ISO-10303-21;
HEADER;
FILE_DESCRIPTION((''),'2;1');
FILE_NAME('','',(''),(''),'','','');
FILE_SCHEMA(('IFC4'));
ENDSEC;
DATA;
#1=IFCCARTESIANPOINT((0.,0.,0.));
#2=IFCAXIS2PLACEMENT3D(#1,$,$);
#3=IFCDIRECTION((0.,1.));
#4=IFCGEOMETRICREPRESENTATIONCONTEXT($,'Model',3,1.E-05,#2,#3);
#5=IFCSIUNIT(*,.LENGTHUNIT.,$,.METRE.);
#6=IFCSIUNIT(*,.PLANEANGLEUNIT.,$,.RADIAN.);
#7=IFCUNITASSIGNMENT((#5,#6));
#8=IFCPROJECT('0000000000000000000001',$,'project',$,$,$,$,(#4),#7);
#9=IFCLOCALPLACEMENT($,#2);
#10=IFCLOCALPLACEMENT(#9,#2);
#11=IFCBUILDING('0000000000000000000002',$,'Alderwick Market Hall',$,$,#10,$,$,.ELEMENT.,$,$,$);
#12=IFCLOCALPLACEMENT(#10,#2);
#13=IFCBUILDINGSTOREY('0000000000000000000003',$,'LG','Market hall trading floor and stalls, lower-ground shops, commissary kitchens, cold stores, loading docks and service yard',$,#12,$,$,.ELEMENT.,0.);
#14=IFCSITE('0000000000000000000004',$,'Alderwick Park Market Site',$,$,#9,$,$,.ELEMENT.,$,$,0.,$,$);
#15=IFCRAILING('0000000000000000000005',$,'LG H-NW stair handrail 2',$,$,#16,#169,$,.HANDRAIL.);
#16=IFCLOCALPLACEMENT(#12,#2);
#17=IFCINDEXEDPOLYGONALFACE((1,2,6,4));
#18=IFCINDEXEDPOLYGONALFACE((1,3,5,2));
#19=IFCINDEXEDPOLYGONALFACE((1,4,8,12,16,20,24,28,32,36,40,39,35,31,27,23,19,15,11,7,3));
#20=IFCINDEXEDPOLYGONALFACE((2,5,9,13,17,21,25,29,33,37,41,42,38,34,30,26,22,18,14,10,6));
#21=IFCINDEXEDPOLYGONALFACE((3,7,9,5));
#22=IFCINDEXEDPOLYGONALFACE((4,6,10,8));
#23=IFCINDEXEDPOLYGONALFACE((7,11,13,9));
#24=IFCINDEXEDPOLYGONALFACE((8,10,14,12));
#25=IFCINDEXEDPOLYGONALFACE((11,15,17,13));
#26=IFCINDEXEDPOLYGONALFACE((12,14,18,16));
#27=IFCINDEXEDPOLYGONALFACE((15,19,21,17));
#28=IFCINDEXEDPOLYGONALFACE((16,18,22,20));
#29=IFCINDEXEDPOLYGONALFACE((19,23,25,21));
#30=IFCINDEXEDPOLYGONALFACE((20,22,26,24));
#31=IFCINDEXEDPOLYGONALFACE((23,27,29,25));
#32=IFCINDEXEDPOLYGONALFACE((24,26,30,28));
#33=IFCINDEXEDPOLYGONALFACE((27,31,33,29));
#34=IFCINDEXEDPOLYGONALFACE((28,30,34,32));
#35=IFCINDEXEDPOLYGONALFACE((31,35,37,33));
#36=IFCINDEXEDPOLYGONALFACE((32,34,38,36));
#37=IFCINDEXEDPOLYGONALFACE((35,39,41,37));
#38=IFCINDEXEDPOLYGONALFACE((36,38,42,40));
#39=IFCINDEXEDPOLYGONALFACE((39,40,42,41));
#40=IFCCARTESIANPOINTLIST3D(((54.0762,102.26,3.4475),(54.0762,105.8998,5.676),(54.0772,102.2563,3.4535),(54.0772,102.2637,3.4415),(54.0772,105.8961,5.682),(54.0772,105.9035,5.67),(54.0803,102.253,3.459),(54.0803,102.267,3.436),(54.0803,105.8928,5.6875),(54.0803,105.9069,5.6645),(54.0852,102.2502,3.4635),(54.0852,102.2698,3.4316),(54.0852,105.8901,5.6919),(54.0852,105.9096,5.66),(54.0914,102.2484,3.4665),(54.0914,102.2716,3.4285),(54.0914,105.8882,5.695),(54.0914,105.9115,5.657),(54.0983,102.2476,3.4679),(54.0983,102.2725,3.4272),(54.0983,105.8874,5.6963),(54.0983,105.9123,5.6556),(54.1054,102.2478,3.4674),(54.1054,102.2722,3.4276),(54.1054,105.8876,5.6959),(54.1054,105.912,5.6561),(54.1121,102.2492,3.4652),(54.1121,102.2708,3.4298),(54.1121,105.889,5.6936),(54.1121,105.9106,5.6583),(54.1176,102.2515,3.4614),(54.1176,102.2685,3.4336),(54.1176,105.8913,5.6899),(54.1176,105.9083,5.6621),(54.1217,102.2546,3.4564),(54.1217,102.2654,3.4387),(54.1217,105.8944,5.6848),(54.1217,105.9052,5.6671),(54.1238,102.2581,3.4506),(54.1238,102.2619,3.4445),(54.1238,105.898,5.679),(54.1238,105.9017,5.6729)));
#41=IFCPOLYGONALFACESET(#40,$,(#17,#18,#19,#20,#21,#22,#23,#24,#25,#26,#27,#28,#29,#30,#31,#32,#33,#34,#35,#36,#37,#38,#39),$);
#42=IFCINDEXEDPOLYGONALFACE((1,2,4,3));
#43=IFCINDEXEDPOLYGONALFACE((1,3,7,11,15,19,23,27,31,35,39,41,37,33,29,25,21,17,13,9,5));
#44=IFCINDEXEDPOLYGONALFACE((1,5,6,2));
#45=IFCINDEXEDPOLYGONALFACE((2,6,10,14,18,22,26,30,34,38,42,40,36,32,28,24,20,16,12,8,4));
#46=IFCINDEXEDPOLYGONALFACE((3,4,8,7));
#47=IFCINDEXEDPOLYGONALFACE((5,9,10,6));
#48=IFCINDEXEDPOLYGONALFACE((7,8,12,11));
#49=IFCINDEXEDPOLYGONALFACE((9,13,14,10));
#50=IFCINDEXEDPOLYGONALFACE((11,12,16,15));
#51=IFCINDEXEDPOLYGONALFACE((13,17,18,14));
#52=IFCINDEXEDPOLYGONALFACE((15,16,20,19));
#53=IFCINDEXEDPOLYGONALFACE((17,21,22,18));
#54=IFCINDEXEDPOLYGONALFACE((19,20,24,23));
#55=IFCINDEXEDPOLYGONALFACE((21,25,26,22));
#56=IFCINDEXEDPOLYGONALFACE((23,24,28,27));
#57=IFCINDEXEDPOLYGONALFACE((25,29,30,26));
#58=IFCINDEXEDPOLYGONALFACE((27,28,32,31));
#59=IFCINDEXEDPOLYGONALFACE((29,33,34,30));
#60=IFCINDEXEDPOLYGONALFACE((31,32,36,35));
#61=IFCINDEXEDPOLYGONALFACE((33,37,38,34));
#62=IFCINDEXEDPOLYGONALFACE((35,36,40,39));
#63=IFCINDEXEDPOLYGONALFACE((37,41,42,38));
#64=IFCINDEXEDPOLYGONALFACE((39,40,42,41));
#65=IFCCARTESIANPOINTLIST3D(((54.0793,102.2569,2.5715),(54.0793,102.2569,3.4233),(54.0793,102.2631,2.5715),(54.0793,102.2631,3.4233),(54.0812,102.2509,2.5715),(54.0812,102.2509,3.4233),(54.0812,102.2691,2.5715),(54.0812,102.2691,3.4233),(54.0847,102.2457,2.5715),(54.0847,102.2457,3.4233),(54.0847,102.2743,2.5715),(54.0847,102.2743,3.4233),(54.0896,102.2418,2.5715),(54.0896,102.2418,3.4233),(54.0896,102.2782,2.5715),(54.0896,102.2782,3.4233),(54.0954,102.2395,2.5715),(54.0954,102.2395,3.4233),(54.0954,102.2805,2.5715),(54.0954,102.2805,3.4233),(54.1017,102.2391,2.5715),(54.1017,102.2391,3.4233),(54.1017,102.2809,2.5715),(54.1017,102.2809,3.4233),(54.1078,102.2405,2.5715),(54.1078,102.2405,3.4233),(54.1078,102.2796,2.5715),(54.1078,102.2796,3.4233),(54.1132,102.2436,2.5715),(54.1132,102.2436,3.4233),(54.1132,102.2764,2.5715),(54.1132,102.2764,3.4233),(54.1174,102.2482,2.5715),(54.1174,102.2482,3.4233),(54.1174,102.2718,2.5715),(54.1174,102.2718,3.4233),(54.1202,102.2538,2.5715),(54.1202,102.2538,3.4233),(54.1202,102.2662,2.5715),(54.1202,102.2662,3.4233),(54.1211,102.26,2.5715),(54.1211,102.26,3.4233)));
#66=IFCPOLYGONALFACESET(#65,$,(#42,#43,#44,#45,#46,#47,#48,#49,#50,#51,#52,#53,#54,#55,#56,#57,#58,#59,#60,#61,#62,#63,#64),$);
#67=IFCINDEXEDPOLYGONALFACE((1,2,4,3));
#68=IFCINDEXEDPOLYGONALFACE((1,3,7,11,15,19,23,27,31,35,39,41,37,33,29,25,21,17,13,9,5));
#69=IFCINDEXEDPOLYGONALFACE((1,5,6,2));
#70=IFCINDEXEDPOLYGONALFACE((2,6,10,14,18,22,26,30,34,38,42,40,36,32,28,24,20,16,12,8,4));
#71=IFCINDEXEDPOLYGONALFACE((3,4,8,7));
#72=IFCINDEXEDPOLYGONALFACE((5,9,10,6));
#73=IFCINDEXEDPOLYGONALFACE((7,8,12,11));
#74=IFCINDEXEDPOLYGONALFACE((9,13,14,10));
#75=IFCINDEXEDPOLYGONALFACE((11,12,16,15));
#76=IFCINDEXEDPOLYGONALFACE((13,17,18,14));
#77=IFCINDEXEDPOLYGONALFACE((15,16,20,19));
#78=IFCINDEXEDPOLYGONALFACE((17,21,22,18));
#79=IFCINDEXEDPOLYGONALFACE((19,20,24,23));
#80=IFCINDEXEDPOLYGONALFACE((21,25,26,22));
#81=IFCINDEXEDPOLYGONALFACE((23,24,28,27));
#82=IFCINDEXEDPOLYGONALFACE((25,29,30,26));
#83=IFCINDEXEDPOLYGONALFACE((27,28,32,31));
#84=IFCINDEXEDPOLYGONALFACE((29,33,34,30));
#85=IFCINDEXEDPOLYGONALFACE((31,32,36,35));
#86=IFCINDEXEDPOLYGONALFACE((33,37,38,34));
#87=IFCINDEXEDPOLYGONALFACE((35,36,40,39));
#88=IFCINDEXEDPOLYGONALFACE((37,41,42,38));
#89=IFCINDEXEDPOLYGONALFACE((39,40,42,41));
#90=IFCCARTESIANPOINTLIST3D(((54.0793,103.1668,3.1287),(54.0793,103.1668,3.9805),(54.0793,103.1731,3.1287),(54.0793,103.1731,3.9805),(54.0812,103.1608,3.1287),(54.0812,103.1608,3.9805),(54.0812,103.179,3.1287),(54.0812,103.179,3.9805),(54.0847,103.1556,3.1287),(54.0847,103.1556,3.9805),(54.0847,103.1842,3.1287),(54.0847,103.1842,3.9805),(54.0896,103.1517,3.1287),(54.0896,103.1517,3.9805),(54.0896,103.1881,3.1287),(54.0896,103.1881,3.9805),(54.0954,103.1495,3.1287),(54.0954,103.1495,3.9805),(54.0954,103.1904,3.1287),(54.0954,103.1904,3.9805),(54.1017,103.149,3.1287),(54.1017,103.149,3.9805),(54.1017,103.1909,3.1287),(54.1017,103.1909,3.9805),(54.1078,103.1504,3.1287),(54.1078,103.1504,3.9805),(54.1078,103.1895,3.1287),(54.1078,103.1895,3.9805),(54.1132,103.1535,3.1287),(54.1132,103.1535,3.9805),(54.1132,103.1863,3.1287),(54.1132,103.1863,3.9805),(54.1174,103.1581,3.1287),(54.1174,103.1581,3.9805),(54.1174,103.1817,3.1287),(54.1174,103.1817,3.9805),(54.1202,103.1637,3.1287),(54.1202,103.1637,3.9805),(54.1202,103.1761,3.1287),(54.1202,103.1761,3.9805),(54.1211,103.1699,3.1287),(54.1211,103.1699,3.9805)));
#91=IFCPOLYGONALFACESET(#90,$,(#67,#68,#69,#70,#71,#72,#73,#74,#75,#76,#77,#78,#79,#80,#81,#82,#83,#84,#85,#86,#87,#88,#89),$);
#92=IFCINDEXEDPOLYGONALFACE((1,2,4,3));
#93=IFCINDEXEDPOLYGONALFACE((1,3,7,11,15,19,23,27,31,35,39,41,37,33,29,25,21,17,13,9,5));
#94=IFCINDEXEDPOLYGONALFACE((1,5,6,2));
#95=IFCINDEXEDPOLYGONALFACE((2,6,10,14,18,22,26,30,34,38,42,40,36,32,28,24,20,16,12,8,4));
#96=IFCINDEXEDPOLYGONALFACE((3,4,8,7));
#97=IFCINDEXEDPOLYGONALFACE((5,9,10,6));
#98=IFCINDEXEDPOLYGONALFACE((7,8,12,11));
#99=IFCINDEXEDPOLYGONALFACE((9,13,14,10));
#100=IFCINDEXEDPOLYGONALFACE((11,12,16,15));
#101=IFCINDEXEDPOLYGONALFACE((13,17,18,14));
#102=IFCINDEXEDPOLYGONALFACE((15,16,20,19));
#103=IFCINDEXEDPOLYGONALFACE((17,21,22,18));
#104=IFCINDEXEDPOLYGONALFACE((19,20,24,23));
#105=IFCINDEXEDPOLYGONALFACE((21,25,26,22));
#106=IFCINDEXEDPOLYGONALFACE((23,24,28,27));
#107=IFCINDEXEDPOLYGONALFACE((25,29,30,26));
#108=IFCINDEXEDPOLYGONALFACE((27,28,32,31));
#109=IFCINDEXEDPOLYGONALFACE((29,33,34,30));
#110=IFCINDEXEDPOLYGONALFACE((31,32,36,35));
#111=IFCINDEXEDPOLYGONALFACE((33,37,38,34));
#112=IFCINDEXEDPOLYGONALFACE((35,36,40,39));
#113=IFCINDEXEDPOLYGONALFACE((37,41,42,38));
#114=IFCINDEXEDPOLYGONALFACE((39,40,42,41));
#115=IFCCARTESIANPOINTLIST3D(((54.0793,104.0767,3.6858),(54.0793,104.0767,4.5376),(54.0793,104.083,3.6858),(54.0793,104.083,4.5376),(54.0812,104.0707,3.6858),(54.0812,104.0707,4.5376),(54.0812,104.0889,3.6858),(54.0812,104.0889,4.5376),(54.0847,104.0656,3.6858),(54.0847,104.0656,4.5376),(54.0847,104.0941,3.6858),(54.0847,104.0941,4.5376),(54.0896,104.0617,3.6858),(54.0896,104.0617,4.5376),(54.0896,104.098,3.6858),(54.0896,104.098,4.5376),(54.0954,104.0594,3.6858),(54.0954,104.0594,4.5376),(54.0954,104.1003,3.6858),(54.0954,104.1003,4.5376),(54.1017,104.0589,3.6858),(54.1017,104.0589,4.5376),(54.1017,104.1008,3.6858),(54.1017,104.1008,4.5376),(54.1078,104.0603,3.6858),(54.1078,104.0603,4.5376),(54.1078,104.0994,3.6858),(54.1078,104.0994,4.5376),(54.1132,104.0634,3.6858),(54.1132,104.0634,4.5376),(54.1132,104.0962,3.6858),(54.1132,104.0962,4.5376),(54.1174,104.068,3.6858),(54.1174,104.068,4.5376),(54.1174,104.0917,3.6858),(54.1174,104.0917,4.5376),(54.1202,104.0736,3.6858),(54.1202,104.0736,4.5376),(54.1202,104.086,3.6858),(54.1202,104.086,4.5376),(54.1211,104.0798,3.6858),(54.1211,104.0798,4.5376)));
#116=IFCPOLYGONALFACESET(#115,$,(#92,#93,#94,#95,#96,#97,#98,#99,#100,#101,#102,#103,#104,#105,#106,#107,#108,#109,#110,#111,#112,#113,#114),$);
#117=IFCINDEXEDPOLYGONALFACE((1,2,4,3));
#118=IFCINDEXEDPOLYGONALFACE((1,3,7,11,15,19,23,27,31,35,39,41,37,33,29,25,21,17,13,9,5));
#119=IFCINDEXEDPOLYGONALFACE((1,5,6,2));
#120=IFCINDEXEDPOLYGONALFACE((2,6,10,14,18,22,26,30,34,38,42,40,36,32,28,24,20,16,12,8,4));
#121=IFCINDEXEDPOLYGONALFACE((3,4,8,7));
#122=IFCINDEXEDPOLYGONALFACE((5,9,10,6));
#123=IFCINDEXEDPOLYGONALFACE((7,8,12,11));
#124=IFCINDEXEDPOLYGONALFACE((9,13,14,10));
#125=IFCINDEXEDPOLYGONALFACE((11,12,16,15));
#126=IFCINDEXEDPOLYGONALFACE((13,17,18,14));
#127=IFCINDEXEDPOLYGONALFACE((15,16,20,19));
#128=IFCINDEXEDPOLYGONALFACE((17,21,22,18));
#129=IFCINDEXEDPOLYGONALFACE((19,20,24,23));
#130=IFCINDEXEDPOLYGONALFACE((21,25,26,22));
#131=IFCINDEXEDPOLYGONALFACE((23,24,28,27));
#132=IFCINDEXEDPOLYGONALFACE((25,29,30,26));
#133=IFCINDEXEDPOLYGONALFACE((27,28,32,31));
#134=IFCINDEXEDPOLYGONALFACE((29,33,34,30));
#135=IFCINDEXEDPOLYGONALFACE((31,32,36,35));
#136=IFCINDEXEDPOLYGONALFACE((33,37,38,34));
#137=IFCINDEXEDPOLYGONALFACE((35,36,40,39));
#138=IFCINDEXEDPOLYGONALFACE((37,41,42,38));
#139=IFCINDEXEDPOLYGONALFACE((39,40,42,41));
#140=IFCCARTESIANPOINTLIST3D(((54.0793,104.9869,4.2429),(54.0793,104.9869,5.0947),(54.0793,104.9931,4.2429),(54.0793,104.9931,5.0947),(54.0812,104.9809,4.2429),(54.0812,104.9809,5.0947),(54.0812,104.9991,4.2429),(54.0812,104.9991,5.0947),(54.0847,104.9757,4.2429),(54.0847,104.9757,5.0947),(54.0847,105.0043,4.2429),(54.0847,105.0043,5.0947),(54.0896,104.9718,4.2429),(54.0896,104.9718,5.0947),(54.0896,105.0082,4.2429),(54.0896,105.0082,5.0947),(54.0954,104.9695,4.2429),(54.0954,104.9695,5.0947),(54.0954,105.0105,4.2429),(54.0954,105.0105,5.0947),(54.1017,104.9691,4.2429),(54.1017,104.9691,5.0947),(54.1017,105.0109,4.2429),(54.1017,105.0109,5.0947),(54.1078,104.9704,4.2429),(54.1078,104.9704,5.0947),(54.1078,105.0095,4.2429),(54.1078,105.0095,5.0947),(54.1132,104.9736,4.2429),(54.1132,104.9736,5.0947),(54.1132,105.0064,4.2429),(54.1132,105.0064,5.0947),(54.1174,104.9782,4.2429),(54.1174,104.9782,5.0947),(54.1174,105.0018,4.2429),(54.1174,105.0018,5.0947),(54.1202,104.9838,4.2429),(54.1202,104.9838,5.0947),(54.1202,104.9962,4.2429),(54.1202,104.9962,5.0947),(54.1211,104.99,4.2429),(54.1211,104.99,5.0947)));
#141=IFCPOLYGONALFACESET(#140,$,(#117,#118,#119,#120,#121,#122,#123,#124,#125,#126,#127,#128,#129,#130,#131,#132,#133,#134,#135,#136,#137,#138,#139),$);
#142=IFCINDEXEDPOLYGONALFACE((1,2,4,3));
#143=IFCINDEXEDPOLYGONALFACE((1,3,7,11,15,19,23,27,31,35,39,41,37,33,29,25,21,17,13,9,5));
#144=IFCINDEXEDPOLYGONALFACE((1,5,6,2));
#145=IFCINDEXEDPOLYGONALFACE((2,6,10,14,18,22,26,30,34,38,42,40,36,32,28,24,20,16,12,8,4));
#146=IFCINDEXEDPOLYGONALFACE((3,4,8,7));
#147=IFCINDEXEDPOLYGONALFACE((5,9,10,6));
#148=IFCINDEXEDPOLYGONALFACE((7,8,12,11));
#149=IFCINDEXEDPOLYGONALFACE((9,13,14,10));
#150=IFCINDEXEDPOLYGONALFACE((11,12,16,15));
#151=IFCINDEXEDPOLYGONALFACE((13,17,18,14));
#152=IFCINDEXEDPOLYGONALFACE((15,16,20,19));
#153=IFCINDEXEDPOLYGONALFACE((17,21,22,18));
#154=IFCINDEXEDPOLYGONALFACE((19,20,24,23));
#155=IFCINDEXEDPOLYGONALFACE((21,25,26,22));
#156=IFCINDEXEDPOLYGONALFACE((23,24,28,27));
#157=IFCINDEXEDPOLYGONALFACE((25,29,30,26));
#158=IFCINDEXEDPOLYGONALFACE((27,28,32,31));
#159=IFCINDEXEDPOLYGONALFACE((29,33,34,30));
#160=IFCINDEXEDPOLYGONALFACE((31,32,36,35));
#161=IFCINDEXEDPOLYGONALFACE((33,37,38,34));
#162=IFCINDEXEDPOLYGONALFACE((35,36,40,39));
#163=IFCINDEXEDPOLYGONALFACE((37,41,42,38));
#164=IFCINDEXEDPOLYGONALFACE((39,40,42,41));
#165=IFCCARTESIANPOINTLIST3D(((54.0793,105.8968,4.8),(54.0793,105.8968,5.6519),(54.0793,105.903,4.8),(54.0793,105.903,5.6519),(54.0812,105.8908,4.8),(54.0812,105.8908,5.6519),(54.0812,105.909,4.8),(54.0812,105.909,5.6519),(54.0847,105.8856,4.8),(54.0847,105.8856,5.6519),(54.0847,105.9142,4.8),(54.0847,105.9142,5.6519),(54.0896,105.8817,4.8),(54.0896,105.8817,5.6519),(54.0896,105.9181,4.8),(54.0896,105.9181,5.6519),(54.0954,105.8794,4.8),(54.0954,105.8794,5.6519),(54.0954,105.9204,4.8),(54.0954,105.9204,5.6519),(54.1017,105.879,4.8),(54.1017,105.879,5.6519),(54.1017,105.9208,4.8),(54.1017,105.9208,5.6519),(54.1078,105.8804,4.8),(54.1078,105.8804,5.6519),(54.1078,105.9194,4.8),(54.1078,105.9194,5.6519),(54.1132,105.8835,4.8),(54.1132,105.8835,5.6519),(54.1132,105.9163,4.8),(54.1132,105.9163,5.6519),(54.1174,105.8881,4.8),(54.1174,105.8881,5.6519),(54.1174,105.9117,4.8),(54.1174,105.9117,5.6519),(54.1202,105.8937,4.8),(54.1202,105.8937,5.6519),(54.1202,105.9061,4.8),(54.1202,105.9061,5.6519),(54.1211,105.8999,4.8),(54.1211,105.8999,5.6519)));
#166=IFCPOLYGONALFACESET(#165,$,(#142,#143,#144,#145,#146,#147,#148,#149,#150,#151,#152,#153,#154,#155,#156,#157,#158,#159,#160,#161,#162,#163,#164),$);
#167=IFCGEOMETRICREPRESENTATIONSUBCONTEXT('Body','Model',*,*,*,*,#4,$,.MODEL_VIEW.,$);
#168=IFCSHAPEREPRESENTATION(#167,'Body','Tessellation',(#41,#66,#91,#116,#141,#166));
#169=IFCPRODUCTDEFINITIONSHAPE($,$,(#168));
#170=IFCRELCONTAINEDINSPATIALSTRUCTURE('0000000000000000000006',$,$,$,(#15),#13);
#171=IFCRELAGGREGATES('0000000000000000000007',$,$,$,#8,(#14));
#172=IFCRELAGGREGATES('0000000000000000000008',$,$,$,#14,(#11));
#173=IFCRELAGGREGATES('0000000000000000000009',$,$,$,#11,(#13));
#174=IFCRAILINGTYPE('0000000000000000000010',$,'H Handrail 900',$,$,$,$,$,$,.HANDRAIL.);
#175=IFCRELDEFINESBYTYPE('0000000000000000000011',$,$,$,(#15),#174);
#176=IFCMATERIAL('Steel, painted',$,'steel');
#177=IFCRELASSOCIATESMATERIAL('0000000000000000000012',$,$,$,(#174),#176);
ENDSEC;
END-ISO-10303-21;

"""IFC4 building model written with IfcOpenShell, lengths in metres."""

from ifc_helpers import new_model, si_unit, direction, frame, origin, origin_2d, place, context, subcontext, project, spatial, circle, extrude, material, type_object, element, save


model = new_model("IFC4")

# Units and contexts
model_context = context("Model", 3, precision=1e-05, world=origin(), true_north=direction((0.0, 1.0)))
body_context = subcontext(model_context, "Body", "Model", "MODEL_VIEW")
ifc_project = project(units=[si_unit("LENGTHUNIT", "METRE"), si_unit("PLANEANGLEUNIT", "RADIAN")], contexts=[model_context])

# Site, building, storey
site_placement = place(None, origin())
site = spatial("IfcSite", under=ifc_project, at=site_placement, Name="Alderwick Park Market Site", CompositionType="ELEMENT", RefElevation=0.0)
building_placement = place(site_placement, origin())
building = spatial("IfcBuilding", under=site, at=building_placement, Name="Alderwick Market Hall", CompositionType="ELEMENT")
storey_placement = place(building_placement, origin())
storey = spatial("IfcBuildingStorey", under=building, at=storey_placement, Name="LG", Description="Market hall trading floor and stalls, lower-ground shops, commissary kitchens, cold stores, loading docks and service yard", CompositionType="ELEMENT", Elevation=0.0)

# Railing
ifc_material_1 = material(Name="Steel, painted", Category="steel")
railing_type_1 = type_object("IfcRailingType", Name="H Handrail 900", PredefinedType="HANDRAIL", material=ifc_material_1)
railing_1_placement = place(storey_placement, frame((54.1001, 102.26, 2.5715)))
element("IfcRailing", 1, at=railing_1_placement, inside=storey, type_object=railing_type_1, Name="LG H-NW stair handrail 2", PredefinedType="HANDRAIL", context=body_context, shape_type="SweptSolid", body=[
    extrude(circle(Radius=0.0239, at=origin_2d()), frame((0.0, 0.0, 0.876), z_axis=(0.0, 0.85285, 0.522156), x_axis=(-1.0, 0.0, 0.0)), (0.0, 0.0, 1.0), 4.2678),
    extrude(circle(Radius=0.021, at=origin_2d()), origin(), (0.0, 0.0, 1.0), 0.8518),
    extrude(circle(Radius=0.021, at=origin_2d()), frame((0.0, 0.9099, 0.5571)), (0.0, 0.0, 1.0), 0.8518),
    extrude(circle(Radius=0.021, at=origin_2d()), frame((0.0, 1.8198, 1.1143)), (0.0, 0.0, 1.0), 0.8518),
    extrude(circle(Radius=0.021, at=origin_2d()), frame((0.0, 2.73, 1.6714)), (0.0, 0.0, 1.0), 0.8518),
    extrude(circle(Radius=0.021, at=origin_2d()), frame((0.0, 3.6399, 2.2285)), (0.0, 0.0, 1.0), 0.8518),
])

save(model, "model.ifc")
